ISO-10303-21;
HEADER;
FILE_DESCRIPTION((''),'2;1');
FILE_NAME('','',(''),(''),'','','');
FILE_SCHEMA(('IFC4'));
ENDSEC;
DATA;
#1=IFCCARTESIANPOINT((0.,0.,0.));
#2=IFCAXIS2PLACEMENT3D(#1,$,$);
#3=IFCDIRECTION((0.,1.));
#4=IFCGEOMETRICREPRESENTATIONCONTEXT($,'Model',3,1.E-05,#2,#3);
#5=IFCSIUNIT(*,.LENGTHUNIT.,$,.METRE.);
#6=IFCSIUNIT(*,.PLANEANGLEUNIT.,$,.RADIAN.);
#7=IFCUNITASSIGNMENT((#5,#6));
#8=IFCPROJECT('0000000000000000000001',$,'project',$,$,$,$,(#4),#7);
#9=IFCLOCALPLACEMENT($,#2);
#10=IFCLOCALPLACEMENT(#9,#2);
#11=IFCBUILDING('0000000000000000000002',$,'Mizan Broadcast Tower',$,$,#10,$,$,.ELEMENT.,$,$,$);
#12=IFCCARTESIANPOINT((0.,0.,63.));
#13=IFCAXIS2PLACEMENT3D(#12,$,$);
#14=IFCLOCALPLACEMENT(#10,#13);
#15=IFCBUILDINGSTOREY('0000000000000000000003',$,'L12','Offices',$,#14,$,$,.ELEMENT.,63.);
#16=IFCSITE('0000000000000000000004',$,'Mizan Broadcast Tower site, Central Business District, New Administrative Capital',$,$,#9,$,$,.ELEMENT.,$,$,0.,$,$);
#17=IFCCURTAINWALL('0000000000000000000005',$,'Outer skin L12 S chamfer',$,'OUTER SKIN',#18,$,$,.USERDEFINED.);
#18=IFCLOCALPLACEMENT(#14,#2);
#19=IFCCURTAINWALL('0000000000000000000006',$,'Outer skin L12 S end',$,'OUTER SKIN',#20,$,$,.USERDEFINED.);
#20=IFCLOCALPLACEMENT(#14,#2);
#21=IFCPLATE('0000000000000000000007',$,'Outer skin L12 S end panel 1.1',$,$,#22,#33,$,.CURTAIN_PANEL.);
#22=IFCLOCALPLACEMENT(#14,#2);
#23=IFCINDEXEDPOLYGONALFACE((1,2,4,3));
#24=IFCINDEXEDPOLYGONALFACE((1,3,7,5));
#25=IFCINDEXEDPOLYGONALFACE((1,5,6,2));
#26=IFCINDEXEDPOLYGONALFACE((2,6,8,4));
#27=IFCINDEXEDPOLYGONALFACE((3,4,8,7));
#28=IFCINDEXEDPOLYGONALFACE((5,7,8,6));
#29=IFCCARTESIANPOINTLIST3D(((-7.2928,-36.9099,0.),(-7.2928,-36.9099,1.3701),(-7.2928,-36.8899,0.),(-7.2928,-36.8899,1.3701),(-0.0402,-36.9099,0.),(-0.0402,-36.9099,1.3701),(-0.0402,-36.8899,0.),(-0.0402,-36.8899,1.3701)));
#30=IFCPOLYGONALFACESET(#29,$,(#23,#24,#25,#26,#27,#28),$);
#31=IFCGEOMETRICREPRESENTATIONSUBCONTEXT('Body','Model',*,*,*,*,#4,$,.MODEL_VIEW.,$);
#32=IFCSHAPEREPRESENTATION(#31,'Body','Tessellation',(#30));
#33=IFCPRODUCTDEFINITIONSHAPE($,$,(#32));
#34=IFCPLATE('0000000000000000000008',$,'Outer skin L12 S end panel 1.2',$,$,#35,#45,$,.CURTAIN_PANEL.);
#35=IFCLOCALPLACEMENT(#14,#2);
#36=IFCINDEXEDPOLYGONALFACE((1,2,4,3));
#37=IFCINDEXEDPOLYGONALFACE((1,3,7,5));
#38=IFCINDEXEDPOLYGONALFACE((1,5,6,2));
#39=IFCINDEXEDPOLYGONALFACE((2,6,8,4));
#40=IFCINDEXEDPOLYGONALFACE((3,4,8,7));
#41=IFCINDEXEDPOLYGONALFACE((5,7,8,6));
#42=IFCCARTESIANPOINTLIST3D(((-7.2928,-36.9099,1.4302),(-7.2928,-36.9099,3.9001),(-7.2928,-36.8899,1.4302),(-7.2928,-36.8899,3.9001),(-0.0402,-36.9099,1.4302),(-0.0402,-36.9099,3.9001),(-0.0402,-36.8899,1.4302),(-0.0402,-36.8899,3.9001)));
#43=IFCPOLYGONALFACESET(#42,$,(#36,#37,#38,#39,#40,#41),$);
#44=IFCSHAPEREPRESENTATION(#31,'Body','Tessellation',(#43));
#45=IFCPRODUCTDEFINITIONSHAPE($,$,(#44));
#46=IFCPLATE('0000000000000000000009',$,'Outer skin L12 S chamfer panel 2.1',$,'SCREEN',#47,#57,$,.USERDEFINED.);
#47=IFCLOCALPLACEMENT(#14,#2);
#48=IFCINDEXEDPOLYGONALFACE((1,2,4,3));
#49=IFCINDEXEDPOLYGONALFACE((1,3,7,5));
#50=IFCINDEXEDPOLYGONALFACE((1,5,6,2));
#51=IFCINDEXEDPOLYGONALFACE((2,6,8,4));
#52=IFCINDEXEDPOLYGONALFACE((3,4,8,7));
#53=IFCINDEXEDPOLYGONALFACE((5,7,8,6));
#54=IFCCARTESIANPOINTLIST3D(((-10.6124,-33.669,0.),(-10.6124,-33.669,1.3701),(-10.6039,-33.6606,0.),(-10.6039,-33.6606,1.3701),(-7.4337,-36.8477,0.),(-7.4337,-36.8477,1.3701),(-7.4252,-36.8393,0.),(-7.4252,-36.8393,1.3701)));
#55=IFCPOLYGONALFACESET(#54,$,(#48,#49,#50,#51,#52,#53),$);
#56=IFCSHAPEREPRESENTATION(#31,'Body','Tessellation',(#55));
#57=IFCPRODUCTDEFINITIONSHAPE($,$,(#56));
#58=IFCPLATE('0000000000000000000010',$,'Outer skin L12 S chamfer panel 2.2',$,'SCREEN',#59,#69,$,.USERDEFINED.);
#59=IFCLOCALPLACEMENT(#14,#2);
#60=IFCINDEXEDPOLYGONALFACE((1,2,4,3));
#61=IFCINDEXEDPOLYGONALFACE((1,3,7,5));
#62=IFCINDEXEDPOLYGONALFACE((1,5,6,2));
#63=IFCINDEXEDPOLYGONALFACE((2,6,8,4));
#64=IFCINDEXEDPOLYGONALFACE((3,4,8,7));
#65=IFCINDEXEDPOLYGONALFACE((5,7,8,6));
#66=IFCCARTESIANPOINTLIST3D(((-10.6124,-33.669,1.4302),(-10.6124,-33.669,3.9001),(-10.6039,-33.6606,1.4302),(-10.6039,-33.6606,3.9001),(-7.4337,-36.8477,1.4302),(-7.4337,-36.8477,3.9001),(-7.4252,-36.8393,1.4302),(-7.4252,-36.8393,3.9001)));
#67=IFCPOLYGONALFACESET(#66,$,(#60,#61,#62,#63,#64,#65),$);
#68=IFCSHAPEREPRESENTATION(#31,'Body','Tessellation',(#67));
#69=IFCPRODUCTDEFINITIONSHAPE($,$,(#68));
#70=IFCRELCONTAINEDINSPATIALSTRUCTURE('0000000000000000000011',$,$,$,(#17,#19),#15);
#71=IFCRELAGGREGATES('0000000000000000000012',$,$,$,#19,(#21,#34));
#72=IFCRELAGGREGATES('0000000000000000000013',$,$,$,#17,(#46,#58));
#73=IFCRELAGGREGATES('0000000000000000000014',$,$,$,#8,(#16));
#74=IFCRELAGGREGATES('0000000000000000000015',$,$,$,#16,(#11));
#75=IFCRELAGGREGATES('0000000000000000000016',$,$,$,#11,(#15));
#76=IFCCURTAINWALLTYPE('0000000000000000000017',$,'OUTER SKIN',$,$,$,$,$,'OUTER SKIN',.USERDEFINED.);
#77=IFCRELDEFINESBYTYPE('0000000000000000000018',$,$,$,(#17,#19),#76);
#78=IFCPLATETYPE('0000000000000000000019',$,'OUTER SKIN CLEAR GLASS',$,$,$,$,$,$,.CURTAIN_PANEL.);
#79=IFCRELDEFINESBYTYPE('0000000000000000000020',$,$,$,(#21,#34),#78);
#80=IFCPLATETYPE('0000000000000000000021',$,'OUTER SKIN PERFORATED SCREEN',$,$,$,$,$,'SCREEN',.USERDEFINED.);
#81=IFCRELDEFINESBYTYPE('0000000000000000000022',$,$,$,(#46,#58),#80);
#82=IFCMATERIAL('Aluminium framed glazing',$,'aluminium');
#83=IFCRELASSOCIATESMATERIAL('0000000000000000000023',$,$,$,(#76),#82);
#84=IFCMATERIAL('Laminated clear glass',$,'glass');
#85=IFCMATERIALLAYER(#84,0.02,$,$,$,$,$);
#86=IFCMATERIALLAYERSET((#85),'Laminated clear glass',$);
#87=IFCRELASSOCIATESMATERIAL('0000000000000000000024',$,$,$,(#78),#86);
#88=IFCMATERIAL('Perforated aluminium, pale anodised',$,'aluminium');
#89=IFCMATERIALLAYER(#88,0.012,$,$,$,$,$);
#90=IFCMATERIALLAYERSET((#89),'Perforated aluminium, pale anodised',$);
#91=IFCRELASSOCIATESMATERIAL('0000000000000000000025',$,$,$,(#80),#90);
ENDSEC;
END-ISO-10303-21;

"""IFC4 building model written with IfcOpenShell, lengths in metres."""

from ifc_helpers import new_model, si_unit, direction, frame, origin, origin_2d, place, context, subcontext, project, spatial, rectangle, extrude, material, layer, layer_set, type_object, element, aggregate, save


model = new_model("IFC4")

# Units and contexts
model_context = context("Model", 3, precision=1e-05, world=origin(), true_north=direction((0.0, 1.0)))
body_context = subcontext(model_context, "Body", "Model", "MODEL_VIEW")
ifc_project = project(units=[si_unit("LENGTHUNIT", "METRE"), si_unit("PLANEANGLEUNIT", "RADIAN")], contexts=[model_context])

# Site, building, storey
site_placement = place(None, origin())
site = spatial("IfcSite", under=ifc_project, at=site_placement, Name="Mizan Broadcast Tower site, Central Business District, New Administrative Capital", CompositionType="ELEMENT", RefElevation=0.0)
building_placement = place(site_placement, origin())
building = spatial("IfcBuilding", under=site, at=building_placement, Name="Mizan Broadcast Tower", CompositionType="ELEMENT")
storey_placement = place(building_placement, frame((0.0, 0.0, 63.0)))
storey = spatial("IfcBuildingStorey", under=building, at=storey_placement, Name="L12", Description="Offices", CompositionType="ELEMENT", Elevation=63.0)

# Curtain wall
ifc_material_1 = material(Name="Aluminium framed glazing", Category="aluminium")
curtain_wall_type_1 = type_object("IfcCurtainWallType", Name="OUTER SKIN", ElementType="OUTER SKIN", PredefinedType="USERDEFINED", material=ifc_material_1)
curtain_wall_1_placement = place(storey_placement, origin())
curtain_wall_1 = element("IfcCurtainWall", 1, at=curtain_wall_1_placement, inside=storey, type_object=curtain_wall_type_1, Name="Outer skin L12 S chamfer", ObjectType="OUTER SKIN", PredefinedType="USERDEFINED")

# Curtain wall
curtain_wall_2_placement = place(storey_placement, origin())
curtain_wall_2 = element("IfcCurtainWall", 2, at=curtain_wall_2_placement, inside=storey, type_object=curtain_wall_type_1, Name="Outer skin L12 S end", ObjectType="OUTER SKIN", PredefinedType="USERDEFINED")

# Plates
ifc_material_2 = material(Name="Laminated clear glass", Category="glass")
ifc_layer_1 = layer(ifc_material_2, 0.02)
ifc_layer_set_1 = layer_set([ifc_layer_1], Name="Laminated clear glass")
plate_type_1 = type_object("IfcPlateType", Name="OUTER SKIN CLEAR GLASS", PredefinedType="CURTAIN_PANEL", material=ifc_layer_set_1)
plate_1_placement = place(storey_placement, frame((-3.6665, -36.8999, 0.0), z_axis=(0.0, 0.0, 1.0), x_axis=(1.0, 0.0, 0.0)))
plate_1 = element("IfcPlate", 3, at=plate_1_placement, type_object=plate_type_1, Name="Outer skin L12 S end panel 1.1", PredefinedType="CURTAIN_PANEL", context=body_context, shape_type="SweptSolid", body=[
    extrude(rectangle(XDim=7.2527, YDim=0.02, at=origin_2d()), origin(), (0.0, 0.0, 1.0), 1.3701),
])
plate_2_placement = place(storey_placement, frame((-3.6665, -36.8999, 1.4302), z_axis=(0.0, 0.0, 1.0), x_axis=(1.0, 0.0, 0.0)))
plate_2 = element("IfcPlate", 4, at=plate_2_placement, type_object=plate_type_1, Name="Outer skin L12 S end panel 1.2", PredefinedType="CURTAIN_PANEL", context=body_context, shape_type="SweptSolid", body=[
    extrude(rectangle(XDim=7.2527, YDim=0.02, at=origin_2d()), origin(), (0.0, 0.0, 1.0), 2.47),
])
aggregate(curtain_wall_2, [plate_1, plate_2])
ifc_material_3 = material(Name="Perforated aluminium, pale anodised", Category="aluminium")
ifc_layer_2 = layer(ifc_material_3, 0.012)
ifc_layer_set_2 = layer_set([ifc_layer_2], Name="Perforated aluminium, pale anodised")
plate_type_2 = type_object("IfcPlateType", Name="OUTER SKIN PERFORATED SCREEN", ElementType="SCREEN", PredefinedType="USERDEFINED", material=ifc_layer_set_2)
plate_3_placement = place(storey_placement, frame((-9.0188, -35.2542, 0.0), z_axis=(0.0, 0.0, 1.0), x_axis=(0.707107, -0.707107, 0.0)))
plate_3 = element("IfcPlate", 5, at=plate_3_placement, type_object=plate_type_2, Name="Outer skin L12 S chamfer panel 2.1", ObjectType="SCREEN", PredefinedType="USERDEFINED", context=body_context, shape_type="SweptSolid", body=[
    extrude(rectangle(XDim=4.4954, YDim=0.012, at=origin_2d()), origin(), (0.0, 0.0, 1.0), 1.3701),
])
plate_4_placement = place(storey_placement, frame((-9.0188, -35.2542, 1.4302), z_axis=(0.0, 0.0, 1.0), x_axis=(0.707107, -0.707107, 0.0)))
plate_4 = element("IfcPlate", 6, at=plate_4_placement, type_object=plate_type_2, Name="Outer skin L12 S chamfer panel 2.2", ObjectType="SCREEN", PredefinedType="USERDEFINED", context=body_context, shape_type="SweptSolid", body=[
    extrude(rectangle(XDim=4.4954, YDim=0.012, at=origin_2d()), origin(), (0.0, 0.0, 1.0), 2.47),
])
aggregate(curtain_wall_1, [plate_3, plate_4])

save(model, "model.ifc")
